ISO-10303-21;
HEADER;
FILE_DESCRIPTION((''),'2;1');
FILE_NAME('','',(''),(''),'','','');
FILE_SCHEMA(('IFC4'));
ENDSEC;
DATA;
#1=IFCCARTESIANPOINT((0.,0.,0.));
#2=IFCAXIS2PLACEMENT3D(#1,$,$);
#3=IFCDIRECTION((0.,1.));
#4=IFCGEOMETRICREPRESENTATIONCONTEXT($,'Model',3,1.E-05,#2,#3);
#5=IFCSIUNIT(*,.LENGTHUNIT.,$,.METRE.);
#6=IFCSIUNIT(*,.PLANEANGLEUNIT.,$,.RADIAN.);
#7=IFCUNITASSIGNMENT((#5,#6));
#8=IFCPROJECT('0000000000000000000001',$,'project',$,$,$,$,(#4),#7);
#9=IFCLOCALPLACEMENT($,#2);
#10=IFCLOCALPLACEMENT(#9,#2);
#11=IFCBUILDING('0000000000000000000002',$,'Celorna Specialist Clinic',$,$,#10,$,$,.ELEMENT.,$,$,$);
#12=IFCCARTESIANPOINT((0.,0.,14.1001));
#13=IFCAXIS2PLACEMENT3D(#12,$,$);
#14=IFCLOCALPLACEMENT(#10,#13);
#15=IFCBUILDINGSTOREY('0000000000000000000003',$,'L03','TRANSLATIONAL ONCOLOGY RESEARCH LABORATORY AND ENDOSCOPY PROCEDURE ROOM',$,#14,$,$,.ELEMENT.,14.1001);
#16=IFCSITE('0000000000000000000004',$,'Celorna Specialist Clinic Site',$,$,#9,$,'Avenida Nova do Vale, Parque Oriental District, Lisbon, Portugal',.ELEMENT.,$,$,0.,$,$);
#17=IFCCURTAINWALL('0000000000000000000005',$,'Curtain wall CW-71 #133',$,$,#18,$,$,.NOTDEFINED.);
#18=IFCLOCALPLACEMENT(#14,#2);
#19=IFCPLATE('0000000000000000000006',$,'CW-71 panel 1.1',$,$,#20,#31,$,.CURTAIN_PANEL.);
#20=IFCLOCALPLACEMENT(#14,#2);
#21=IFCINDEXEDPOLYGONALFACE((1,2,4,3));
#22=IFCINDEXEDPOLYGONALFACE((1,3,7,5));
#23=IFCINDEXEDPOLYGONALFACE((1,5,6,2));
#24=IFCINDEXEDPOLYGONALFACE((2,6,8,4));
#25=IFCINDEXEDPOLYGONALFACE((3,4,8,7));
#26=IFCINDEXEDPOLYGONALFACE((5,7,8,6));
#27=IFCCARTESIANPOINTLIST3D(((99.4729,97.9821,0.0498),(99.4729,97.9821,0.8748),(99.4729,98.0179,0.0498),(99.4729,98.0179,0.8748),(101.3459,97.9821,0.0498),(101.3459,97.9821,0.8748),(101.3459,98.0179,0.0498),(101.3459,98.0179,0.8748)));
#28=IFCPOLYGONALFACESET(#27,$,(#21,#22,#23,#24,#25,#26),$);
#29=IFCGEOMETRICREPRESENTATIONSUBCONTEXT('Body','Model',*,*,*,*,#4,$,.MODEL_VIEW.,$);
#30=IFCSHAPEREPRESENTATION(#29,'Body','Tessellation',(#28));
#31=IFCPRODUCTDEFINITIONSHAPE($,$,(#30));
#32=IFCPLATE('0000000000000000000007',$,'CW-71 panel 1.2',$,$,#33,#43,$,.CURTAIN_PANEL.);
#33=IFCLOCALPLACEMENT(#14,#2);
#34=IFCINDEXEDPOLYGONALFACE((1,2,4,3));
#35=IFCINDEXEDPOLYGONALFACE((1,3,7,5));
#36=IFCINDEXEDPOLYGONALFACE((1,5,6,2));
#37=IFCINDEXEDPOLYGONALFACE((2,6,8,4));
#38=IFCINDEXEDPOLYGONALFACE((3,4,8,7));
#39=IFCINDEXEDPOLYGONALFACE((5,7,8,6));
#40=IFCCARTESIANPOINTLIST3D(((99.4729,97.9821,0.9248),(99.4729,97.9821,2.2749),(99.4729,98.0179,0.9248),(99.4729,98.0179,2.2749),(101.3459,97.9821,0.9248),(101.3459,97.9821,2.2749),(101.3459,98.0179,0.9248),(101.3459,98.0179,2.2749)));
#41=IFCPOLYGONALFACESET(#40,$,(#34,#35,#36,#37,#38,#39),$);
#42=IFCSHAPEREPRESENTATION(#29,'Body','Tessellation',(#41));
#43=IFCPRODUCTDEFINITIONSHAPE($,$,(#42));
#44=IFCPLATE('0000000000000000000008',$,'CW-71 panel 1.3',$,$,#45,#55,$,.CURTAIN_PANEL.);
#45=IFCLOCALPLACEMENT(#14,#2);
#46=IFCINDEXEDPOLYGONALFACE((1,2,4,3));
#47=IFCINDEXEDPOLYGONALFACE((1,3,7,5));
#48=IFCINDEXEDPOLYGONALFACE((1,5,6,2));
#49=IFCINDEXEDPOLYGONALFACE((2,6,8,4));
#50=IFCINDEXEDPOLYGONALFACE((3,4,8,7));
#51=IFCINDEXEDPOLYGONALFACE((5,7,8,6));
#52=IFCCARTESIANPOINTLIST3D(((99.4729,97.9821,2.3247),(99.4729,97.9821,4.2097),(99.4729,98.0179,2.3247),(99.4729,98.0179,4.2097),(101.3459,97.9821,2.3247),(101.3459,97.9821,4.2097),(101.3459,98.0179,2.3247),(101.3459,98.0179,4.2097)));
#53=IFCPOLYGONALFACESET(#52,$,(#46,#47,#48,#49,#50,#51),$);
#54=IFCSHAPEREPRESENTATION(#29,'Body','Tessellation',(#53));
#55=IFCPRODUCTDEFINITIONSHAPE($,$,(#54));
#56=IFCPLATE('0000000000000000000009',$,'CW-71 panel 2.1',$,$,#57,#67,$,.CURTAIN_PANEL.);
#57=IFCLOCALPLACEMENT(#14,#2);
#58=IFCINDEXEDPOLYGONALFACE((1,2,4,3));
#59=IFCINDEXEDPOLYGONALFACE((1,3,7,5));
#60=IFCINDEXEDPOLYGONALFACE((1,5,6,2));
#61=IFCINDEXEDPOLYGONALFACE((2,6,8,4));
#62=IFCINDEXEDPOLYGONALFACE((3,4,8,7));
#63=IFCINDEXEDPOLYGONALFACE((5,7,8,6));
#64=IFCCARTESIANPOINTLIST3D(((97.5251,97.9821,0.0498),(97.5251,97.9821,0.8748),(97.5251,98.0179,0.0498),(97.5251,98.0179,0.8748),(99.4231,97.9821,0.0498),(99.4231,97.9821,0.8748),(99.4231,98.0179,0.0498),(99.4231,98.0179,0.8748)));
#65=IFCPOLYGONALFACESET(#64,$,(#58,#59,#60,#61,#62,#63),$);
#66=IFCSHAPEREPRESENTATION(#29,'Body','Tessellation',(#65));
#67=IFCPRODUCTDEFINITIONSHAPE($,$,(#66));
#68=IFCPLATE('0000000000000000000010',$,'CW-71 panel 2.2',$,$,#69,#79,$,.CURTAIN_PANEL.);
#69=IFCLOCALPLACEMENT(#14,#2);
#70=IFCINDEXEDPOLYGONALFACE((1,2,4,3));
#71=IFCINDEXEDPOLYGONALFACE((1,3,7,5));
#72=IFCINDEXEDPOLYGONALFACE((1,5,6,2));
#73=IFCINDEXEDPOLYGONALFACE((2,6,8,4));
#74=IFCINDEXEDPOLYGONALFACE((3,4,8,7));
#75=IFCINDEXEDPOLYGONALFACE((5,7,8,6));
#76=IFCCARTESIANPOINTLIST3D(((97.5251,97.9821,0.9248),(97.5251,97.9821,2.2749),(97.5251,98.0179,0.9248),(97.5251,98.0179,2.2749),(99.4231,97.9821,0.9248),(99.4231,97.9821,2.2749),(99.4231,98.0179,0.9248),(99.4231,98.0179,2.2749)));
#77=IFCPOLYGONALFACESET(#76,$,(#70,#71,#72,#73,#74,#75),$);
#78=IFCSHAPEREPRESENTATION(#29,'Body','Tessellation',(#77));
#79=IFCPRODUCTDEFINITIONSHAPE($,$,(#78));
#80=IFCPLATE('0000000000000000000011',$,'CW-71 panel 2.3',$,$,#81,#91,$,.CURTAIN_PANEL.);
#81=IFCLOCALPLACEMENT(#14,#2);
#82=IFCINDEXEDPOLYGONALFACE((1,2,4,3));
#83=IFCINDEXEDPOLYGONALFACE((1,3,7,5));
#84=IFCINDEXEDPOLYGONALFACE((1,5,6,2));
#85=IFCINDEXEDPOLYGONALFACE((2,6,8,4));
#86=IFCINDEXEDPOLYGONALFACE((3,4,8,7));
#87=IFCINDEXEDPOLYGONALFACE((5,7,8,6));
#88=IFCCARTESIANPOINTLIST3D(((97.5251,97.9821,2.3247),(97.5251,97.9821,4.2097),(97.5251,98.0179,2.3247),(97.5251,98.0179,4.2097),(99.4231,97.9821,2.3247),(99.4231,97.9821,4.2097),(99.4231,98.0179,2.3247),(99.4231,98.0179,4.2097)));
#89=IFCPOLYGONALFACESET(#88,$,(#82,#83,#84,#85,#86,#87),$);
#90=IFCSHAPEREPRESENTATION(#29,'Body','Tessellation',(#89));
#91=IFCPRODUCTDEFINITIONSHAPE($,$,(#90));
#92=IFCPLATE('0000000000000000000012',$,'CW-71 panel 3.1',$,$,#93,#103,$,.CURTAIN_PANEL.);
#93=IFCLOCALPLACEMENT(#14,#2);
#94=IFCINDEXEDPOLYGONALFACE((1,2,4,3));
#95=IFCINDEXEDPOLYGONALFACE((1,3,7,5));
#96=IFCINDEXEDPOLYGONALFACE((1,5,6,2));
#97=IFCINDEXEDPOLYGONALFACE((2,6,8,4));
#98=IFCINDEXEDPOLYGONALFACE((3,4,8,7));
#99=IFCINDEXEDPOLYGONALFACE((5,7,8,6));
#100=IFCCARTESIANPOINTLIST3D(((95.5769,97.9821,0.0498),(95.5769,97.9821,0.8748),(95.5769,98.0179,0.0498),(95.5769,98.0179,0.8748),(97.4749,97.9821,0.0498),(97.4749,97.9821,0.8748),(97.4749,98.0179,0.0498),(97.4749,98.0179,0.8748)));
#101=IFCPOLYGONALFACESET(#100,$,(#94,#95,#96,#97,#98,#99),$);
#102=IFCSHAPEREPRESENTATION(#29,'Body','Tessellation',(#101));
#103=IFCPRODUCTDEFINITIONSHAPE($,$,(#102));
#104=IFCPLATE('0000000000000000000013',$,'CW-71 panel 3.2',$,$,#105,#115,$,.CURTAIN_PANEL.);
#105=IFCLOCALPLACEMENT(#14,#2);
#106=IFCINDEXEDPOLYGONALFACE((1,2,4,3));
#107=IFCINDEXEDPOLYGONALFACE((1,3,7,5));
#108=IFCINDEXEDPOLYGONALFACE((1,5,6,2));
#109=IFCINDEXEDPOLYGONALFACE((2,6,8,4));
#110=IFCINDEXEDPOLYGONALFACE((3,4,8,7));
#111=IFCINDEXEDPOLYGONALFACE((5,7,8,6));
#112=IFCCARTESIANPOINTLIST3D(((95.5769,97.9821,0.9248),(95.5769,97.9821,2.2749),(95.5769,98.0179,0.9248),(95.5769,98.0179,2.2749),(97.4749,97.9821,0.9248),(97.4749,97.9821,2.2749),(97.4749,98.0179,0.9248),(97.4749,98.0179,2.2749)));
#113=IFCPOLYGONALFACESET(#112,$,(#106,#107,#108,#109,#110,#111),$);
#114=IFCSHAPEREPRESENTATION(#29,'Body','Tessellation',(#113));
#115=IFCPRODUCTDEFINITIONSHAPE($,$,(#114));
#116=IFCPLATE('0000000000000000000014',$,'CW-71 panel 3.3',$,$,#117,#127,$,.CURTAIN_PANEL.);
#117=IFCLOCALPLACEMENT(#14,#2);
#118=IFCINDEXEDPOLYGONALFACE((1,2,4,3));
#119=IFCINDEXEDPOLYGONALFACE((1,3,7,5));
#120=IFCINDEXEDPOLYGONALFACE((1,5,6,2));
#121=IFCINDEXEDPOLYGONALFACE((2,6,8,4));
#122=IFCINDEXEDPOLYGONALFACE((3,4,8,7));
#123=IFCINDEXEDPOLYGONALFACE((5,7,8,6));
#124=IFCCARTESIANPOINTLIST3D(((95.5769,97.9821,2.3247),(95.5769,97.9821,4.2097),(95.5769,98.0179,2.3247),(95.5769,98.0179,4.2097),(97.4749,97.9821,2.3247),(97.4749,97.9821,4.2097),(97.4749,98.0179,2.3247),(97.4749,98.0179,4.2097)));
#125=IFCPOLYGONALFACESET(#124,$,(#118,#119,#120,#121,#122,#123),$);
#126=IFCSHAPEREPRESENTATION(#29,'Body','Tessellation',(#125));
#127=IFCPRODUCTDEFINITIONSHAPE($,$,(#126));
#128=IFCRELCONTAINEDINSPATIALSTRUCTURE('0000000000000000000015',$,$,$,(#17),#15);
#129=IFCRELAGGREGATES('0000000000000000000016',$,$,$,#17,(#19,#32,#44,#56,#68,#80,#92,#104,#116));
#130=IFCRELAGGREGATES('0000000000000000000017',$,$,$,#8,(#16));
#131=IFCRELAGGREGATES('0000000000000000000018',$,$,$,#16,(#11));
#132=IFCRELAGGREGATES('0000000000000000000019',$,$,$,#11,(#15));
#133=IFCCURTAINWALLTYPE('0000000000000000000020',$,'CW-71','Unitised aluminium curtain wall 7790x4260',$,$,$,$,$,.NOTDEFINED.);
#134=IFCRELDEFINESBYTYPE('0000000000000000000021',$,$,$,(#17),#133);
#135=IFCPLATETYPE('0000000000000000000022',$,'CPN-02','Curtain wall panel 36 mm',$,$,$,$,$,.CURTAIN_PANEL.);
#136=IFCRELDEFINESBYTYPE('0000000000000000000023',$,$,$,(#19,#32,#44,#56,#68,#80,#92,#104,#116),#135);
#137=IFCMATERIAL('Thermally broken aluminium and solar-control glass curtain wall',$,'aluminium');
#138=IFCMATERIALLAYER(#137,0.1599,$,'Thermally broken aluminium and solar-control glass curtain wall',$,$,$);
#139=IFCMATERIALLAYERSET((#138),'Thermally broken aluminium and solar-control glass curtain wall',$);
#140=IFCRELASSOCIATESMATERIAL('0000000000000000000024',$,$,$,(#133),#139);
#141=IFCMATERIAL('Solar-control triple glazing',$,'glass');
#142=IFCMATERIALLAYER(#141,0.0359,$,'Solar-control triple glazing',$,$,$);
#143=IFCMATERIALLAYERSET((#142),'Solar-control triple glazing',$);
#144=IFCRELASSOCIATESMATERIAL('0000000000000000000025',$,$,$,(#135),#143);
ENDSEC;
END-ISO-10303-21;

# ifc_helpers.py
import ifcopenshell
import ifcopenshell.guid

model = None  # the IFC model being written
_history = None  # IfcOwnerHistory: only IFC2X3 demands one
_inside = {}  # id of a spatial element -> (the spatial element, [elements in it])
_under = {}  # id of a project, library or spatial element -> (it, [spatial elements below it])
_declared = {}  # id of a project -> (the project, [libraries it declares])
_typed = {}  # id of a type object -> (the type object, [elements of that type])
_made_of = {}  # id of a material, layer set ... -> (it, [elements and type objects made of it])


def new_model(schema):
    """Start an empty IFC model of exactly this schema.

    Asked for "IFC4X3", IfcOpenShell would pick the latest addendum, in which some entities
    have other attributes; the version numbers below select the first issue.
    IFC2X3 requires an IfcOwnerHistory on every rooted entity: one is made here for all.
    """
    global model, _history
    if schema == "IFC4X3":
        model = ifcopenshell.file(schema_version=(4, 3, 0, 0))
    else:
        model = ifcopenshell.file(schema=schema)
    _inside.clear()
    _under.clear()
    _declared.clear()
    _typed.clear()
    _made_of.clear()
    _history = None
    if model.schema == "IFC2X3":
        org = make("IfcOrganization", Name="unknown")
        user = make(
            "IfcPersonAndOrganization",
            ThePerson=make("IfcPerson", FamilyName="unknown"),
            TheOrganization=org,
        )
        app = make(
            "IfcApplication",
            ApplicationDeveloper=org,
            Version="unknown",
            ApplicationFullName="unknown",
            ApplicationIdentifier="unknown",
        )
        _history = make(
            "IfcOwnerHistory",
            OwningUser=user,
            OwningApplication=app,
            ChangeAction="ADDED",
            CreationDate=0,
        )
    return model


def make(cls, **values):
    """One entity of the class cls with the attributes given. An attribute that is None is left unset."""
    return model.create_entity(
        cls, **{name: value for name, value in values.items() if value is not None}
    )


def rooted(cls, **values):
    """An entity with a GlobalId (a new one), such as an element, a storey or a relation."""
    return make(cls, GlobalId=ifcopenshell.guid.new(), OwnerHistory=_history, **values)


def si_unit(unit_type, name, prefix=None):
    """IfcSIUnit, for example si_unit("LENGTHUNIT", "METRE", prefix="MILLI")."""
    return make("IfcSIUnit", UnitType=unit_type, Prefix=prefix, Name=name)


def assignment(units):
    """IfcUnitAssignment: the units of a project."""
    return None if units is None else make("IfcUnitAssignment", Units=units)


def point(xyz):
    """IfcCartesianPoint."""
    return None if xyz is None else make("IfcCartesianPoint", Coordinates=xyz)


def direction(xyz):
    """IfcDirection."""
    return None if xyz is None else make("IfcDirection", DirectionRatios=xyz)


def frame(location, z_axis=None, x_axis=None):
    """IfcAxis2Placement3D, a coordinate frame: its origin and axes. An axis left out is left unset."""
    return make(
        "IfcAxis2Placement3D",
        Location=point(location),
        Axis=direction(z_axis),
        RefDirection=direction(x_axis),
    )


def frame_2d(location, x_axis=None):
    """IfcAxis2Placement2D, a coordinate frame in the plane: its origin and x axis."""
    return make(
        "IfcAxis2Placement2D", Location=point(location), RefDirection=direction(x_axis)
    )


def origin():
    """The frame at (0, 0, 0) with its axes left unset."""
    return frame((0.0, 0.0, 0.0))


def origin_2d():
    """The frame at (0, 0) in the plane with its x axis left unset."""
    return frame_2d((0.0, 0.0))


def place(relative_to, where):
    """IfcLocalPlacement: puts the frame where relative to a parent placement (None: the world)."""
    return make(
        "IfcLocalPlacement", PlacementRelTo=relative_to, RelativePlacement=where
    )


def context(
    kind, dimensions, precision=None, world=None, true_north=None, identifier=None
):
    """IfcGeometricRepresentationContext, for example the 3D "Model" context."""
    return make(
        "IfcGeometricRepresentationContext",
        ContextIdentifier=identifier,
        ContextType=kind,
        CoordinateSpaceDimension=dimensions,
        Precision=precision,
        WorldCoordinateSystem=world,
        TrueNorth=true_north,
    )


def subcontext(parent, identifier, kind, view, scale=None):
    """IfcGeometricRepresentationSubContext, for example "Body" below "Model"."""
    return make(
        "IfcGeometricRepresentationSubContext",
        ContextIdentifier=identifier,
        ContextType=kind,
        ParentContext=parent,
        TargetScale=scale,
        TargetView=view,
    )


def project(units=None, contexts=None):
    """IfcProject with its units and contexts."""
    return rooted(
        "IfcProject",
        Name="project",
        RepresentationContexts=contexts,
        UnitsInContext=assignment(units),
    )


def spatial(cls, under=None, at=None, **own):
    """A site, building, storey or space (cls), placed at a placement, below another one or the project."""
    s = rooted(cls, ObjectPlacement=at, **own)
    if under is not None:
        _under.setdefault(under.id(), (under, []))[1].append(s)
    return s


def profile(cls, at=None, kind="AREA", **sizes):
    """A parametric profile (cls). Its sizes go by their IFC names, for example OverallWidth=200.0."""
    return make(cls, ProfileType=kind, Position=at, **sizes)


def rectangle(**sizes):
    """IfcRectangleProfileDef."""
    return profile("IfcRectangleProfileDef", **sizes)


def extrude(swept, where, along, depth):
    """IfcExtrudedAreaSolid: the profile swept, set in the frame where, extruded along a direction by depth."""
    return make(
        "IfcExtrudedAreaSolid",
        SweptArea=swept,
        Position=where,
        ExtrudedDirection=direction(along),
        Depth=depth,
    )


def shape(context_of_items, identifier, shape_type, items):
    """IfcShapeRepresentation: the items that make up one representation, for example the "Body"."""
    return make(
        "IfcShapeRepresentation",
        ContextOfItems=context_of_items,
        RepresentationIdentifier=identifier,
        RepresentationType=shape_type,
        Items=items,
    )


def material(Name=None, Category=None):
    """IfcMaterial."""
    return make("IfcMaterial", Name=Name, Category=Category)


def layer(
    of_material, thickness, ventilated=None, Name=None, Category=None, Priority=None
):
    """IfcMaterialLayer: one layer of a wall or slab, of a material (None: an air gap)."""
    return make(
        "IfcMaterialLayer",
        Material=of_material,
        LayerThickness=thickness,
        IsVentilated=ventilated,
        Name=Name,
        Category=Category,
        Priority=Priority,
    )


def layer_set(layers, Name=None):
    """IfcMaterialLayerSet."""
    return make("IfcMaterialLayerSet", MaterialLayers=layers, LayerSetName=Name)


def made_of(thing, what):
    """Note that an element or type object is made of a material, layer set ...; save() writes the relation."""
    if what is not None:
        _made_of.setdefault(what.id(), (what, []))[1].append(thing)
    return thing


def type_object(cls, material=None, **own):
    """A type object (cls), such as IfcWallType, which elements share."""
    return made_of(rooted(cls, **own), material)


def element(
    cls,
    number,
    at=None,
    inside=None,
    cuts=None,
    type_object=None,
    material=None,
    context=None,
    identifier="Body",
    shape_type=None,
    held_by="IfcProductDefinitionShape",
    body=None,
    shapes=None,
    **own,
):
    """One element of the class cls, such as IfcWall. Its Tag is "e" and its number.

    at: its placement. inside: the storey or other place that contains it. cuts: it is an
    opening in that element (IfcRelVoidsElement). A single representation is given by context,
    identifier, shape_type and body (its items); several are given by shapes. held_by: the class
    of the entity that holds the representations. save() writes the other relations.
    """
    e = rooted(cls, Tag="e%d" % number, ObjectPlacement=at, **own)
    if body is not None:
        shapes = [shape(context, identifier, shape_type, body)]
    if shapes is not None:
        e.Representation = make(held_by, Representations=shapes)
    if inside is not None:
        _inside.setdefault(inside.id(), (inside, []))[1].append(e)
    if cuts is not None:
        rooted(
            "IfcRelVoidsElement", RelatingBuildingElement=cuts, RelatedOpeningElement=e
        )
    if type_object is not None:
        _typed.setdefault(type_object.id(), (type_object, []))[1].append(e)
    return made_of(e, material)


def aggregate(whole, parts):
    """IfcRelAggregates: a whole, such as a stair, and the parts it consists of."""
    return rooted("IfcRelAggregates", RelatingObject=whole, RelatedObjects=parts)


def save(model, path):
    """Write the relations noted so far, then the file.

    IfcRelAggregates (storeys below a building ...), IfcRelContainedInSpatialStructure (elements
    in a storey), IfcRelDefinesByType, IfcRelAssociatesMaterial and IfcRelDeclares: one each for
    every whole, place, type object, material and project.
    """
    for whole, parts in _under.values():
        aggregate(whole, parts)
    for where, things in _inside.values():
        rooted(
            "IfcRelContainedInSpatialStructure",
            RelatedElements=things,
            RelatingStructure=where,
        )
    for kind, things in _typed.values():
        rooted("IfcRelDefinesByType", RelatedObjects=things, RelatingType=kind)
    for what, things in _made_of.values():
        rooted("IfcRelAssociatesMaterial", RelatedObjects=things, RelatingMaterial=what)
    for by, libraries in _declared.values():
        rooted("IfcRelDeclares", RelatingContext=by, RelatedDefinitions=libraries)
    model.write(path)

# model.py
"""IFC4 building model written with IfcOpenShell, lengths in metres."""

from ifc_helpers import new_model, si_unit, direction, frame, origin, origin_2d, place, context, subcontext, project, spatial, rectangle, extrude, material, layer, layer_set, type_object, element, aggregate, save


model = new_model("IFC4")

# Units and contexts
model_context = context("Model", 3, precision=1e-05, world=origin(), true_north=direction((0.0, 1.0)))
body_context = subcontext(model_context, "Body", "Model", "MODEL_VIEW")
ifc_project = project(units=[si_unit("LENGTHUNIT", "METRE"), si_unit("PLANEANGLEUNIT", "RADIAN")], contexts=[model_context])

# Site, building, storey
site_placement = place(None, origin())
site = spatial("IfcSite", under=ifc_project, at=site_placement, Name="Celorna Specialist Clinic Site", LongName="Avenida Nova do Vale, Parque Oriental District, Lisbon, Portugal", CompositionType="ELEMENT", RefElevation=0.0)
building_placement = place(site_placement, origin())
building = spatial("IfcBuilding", under=site, at=building_placement, Name="Celorna Specialist Clinic", CompositionType="ELEMENT")
storey_placement = place(building_placement, frame((0.0, 0.0, 14.1001)))
storey = spatial("IfcBuildingStorey", under=building, at=storey_placement, Name="L03", Description="TRANSLATIONAL ONCOLOGY RESEARCH LABORATORY AND ENDOSCOPY PROCEDURE ROOM", CompositionType="ELEMENT", Elevation=14.1001)

# Curtain wall, plates
ifc_material_1 = material(Name="Thermally broken aluminium and solar-control glass curtain wall", Category="aluminium")
ifc_layer_1 = layer(ifc_material_1, 0.1599, Name="Thermally broken aluminium and solar-control glass curtain wall")
ifc_layer_set_1 = layer_set([ifc_layer_1], Name="Thermally broken aluminium and solar-control glass curtain wall")
curtain_wall_type = type_object("IfcCurtainWallType", Name="CW-71", Description="Unitised aluminium curtain wall 7790x4260", PredefinedType="NOTDEFINED", material=ifc_layer_set_1)
curtain_wall_placement = place(storey_placement, origin())
curtain_wall = element("IfcCurtainWall", 1, at=curtain_wall_placement, inside=storey, type_object=curtain_wall_type, Name="Curtain wall CW-71 #133", PredefinedType="NOTDEFINED")
ifc_material_2 = material(Name="Solar-control triple glazing", Category="glass")
ifc_layer_2 = layer(ifc_material_2, 0.0359, Name="Solar-control triple glazing")
ifc_layer_set_2 = layer_set([ifc_layer_2], Name="Solar-control triple glazing")
plate_type = type_object("IfcPlateType", Name="CPN-02", Description="Curtain wall panel 36 mm", PredefinedType="CURTAIN_PANEL", material=ifc_layer_set_2)
plate_1_placement = place(storey_placement, frame((100.4094, 98.0, 0.0498), z_axis=(0.0, 0.0, 1.0), x_axis=(-1.0, 0.0, 0.0)))
plate_1 = element("IfcPlate", 2, at=plate_1_placement, type_object=plate_type, Name="CW-71 panel 1.1", PredefinedType="CURTAIN_PANEL", context=body_context, shape_type="SweptSolid", body=[
    extrude(rectangle(XDim=1.873, YDim=0.0359, at=origin_2d()), origin(), (0.0, 0.0, 1.0), 0.825),
])
plate_2_placement = place(storey_placement, frame((100.4094, 98.0, 0.9248), z_axis=(0.0, 0.0, 1.0), x_axis=(-1.0, 0.0, 0.0)))
plate_2 = element("IfcPlate", 3, at=plate_2_placement, type_object=plate_type, Name="CW-71 panel 1.2", PredefinedType="CURTAIN_PANEL", context=body_context, shape_type="SweptSolid", body=[
    extrude(rectangle(XDim=1.873, YDim=0.0359, at=origin_2d()), origin(), (0.0, 0.0, 1.0), 1.3501),
])
plate_3_placement = place(storey_placement, frame((100.4094, 98.0, 2.3247), z_axis=(0.0, 0.0, 1.0), x_axis=(-1.0, 0.0, 0.0)))
plate_3 = element("IfcPlate", 4, at=plate_3_placement, type_object=plate_type, Name="CW-71 panel 1.3", PredefinedType="CURTAIN_PANEL", context=body_context, shape_type="SweptSolid", body=[
    extrude(rectangle(XDim=1.873, YDim=0.0359, at=origin_2d()), origin(), (0.0, 0.0, 1.0), 1.885),
])
plate_4_placement = place(storey_placement, frame((98.4741, 98.0, 0.0498), z_axis=(0.0, 0.0, 1.0), x_axis=(-1.0, 0.0, 0.0)))
plate_4 = element("IfcPlate", 5, at=plate_4_placement, type_object=plate_type, Name="CW-71 panel 2.1", PredefinedType="CURTAIN_PANEL", context=body_context, shape_type="SweptSolid", body=[
    extrude(rectangle(XDim=1.8979, YDim=0.0359, at=origin_2d()), origin(), (0.0, 0.0, 1.0), 0.825),
])
plate_5_placement = place(storey_placement, frame((98.4741, 98.0, 0.9248), z_axis=(0.0, 0.0, 1.0), x_axis=(-1.0, 0.0, 0.0)))
plate_5 = element("IfcPlate", 6, at=plate_5_placement, type_object=plate_type, Name="CW-71 panel 2.2", PredefinedType="CURTAIN_PANEL", context=body_context, shape_type="SweptSolid", body=[
    extrude(rectangle(XDim=1.8979, YDim=0.0359, at=origin_2d()), origin(), (0.0, 0.0, 1.0), 1.3501),
])
plate_6_placement = place(storey_placement, frame((98.4741, 98.0, 2.3247), z_axis=(0.0, 0.0, 1.0), x_axis=(-1.0, 0.0, 0.0)))
plate_6 = element("IfcPlate", 7, at=plate_6_placement, type_object=plate_type, Name="CW-71 panel 2.3", PredefinedType="CURTAIN_PANEL", context=body_context, shape_type="SweptSolid", body=[
    extrude(rectangle(XDim=1.8979, YDim=0.0359, at=origin_2d()), origin(), (0.0, 0.0, 1.0), 1.885),
])
plate_7_placement = place(storey_placement, frame((96.5259, 98.0, 0.0498), z_axis=(0.0, 0.0, 1.0), x_axis=(-1.0, 0.0, 0.0)))
plate_7 = element("IfcPlate", 8, at=plate_7_placement, type_object=plate_type, Name="CW-71 panel 3.1", PredefinedType="CURTAIN_PANEL", context=body_context, shape_type="SweptSolid", body=[
    extrude(rectangle(XDim=1.8979, YDim=0.0359, at=origin_2d()), origin(), (0.0, 0.0, 1.0), 0.825),
])
plate_8_placement = place(storey_placement, frame((96.5259, 98.0, 0.9248), z_axis=(0.0, 0.0, 1.0), x_axis=(-1.0, 0.0, 0.0)))
plate_8 = element("IfcPlate", 9, at=plate_8_placement, type_object=plate_type, Name="CW-71 panel 3.2", PredefinedType="CURTAIN_PANEL", context=body_context, shape_type="SweptSolid", body=[
    extrude(rectangle(XDim=1.8979, YDim=0.0359, at=origin_2d()), origin(), (0.0, 0.0, 1.0), 1.3501),
])
plate_9_placement = place(storey_placement, frame((96.5259, 98.0, 2.3247), z_axis=(0.0, 0.0, 1.0), x_axis=(-1.0, 0.0, 0.0)))
plate_9 = element("IfcPlate", 10, at=plate_9_placement, type_object=plate_type, Name="CW-71 panel 3.3", PredefinedType="CURTAIN_PANEL", context=body_context, shape_type="SweptSolid", body=[
    extrude(rectangle(XDim=1.8979, YDim=0.0359, at=origin_2d()), origin(), (0.0, 0.0, 1.0), 1.885),
])
aggregate(curtain_wall, [plate_1, plate_2, plate_3, plate_4, plate_5, plate_6, plate_7, plate_8, plate_9])

save(model, "model.ifc")
